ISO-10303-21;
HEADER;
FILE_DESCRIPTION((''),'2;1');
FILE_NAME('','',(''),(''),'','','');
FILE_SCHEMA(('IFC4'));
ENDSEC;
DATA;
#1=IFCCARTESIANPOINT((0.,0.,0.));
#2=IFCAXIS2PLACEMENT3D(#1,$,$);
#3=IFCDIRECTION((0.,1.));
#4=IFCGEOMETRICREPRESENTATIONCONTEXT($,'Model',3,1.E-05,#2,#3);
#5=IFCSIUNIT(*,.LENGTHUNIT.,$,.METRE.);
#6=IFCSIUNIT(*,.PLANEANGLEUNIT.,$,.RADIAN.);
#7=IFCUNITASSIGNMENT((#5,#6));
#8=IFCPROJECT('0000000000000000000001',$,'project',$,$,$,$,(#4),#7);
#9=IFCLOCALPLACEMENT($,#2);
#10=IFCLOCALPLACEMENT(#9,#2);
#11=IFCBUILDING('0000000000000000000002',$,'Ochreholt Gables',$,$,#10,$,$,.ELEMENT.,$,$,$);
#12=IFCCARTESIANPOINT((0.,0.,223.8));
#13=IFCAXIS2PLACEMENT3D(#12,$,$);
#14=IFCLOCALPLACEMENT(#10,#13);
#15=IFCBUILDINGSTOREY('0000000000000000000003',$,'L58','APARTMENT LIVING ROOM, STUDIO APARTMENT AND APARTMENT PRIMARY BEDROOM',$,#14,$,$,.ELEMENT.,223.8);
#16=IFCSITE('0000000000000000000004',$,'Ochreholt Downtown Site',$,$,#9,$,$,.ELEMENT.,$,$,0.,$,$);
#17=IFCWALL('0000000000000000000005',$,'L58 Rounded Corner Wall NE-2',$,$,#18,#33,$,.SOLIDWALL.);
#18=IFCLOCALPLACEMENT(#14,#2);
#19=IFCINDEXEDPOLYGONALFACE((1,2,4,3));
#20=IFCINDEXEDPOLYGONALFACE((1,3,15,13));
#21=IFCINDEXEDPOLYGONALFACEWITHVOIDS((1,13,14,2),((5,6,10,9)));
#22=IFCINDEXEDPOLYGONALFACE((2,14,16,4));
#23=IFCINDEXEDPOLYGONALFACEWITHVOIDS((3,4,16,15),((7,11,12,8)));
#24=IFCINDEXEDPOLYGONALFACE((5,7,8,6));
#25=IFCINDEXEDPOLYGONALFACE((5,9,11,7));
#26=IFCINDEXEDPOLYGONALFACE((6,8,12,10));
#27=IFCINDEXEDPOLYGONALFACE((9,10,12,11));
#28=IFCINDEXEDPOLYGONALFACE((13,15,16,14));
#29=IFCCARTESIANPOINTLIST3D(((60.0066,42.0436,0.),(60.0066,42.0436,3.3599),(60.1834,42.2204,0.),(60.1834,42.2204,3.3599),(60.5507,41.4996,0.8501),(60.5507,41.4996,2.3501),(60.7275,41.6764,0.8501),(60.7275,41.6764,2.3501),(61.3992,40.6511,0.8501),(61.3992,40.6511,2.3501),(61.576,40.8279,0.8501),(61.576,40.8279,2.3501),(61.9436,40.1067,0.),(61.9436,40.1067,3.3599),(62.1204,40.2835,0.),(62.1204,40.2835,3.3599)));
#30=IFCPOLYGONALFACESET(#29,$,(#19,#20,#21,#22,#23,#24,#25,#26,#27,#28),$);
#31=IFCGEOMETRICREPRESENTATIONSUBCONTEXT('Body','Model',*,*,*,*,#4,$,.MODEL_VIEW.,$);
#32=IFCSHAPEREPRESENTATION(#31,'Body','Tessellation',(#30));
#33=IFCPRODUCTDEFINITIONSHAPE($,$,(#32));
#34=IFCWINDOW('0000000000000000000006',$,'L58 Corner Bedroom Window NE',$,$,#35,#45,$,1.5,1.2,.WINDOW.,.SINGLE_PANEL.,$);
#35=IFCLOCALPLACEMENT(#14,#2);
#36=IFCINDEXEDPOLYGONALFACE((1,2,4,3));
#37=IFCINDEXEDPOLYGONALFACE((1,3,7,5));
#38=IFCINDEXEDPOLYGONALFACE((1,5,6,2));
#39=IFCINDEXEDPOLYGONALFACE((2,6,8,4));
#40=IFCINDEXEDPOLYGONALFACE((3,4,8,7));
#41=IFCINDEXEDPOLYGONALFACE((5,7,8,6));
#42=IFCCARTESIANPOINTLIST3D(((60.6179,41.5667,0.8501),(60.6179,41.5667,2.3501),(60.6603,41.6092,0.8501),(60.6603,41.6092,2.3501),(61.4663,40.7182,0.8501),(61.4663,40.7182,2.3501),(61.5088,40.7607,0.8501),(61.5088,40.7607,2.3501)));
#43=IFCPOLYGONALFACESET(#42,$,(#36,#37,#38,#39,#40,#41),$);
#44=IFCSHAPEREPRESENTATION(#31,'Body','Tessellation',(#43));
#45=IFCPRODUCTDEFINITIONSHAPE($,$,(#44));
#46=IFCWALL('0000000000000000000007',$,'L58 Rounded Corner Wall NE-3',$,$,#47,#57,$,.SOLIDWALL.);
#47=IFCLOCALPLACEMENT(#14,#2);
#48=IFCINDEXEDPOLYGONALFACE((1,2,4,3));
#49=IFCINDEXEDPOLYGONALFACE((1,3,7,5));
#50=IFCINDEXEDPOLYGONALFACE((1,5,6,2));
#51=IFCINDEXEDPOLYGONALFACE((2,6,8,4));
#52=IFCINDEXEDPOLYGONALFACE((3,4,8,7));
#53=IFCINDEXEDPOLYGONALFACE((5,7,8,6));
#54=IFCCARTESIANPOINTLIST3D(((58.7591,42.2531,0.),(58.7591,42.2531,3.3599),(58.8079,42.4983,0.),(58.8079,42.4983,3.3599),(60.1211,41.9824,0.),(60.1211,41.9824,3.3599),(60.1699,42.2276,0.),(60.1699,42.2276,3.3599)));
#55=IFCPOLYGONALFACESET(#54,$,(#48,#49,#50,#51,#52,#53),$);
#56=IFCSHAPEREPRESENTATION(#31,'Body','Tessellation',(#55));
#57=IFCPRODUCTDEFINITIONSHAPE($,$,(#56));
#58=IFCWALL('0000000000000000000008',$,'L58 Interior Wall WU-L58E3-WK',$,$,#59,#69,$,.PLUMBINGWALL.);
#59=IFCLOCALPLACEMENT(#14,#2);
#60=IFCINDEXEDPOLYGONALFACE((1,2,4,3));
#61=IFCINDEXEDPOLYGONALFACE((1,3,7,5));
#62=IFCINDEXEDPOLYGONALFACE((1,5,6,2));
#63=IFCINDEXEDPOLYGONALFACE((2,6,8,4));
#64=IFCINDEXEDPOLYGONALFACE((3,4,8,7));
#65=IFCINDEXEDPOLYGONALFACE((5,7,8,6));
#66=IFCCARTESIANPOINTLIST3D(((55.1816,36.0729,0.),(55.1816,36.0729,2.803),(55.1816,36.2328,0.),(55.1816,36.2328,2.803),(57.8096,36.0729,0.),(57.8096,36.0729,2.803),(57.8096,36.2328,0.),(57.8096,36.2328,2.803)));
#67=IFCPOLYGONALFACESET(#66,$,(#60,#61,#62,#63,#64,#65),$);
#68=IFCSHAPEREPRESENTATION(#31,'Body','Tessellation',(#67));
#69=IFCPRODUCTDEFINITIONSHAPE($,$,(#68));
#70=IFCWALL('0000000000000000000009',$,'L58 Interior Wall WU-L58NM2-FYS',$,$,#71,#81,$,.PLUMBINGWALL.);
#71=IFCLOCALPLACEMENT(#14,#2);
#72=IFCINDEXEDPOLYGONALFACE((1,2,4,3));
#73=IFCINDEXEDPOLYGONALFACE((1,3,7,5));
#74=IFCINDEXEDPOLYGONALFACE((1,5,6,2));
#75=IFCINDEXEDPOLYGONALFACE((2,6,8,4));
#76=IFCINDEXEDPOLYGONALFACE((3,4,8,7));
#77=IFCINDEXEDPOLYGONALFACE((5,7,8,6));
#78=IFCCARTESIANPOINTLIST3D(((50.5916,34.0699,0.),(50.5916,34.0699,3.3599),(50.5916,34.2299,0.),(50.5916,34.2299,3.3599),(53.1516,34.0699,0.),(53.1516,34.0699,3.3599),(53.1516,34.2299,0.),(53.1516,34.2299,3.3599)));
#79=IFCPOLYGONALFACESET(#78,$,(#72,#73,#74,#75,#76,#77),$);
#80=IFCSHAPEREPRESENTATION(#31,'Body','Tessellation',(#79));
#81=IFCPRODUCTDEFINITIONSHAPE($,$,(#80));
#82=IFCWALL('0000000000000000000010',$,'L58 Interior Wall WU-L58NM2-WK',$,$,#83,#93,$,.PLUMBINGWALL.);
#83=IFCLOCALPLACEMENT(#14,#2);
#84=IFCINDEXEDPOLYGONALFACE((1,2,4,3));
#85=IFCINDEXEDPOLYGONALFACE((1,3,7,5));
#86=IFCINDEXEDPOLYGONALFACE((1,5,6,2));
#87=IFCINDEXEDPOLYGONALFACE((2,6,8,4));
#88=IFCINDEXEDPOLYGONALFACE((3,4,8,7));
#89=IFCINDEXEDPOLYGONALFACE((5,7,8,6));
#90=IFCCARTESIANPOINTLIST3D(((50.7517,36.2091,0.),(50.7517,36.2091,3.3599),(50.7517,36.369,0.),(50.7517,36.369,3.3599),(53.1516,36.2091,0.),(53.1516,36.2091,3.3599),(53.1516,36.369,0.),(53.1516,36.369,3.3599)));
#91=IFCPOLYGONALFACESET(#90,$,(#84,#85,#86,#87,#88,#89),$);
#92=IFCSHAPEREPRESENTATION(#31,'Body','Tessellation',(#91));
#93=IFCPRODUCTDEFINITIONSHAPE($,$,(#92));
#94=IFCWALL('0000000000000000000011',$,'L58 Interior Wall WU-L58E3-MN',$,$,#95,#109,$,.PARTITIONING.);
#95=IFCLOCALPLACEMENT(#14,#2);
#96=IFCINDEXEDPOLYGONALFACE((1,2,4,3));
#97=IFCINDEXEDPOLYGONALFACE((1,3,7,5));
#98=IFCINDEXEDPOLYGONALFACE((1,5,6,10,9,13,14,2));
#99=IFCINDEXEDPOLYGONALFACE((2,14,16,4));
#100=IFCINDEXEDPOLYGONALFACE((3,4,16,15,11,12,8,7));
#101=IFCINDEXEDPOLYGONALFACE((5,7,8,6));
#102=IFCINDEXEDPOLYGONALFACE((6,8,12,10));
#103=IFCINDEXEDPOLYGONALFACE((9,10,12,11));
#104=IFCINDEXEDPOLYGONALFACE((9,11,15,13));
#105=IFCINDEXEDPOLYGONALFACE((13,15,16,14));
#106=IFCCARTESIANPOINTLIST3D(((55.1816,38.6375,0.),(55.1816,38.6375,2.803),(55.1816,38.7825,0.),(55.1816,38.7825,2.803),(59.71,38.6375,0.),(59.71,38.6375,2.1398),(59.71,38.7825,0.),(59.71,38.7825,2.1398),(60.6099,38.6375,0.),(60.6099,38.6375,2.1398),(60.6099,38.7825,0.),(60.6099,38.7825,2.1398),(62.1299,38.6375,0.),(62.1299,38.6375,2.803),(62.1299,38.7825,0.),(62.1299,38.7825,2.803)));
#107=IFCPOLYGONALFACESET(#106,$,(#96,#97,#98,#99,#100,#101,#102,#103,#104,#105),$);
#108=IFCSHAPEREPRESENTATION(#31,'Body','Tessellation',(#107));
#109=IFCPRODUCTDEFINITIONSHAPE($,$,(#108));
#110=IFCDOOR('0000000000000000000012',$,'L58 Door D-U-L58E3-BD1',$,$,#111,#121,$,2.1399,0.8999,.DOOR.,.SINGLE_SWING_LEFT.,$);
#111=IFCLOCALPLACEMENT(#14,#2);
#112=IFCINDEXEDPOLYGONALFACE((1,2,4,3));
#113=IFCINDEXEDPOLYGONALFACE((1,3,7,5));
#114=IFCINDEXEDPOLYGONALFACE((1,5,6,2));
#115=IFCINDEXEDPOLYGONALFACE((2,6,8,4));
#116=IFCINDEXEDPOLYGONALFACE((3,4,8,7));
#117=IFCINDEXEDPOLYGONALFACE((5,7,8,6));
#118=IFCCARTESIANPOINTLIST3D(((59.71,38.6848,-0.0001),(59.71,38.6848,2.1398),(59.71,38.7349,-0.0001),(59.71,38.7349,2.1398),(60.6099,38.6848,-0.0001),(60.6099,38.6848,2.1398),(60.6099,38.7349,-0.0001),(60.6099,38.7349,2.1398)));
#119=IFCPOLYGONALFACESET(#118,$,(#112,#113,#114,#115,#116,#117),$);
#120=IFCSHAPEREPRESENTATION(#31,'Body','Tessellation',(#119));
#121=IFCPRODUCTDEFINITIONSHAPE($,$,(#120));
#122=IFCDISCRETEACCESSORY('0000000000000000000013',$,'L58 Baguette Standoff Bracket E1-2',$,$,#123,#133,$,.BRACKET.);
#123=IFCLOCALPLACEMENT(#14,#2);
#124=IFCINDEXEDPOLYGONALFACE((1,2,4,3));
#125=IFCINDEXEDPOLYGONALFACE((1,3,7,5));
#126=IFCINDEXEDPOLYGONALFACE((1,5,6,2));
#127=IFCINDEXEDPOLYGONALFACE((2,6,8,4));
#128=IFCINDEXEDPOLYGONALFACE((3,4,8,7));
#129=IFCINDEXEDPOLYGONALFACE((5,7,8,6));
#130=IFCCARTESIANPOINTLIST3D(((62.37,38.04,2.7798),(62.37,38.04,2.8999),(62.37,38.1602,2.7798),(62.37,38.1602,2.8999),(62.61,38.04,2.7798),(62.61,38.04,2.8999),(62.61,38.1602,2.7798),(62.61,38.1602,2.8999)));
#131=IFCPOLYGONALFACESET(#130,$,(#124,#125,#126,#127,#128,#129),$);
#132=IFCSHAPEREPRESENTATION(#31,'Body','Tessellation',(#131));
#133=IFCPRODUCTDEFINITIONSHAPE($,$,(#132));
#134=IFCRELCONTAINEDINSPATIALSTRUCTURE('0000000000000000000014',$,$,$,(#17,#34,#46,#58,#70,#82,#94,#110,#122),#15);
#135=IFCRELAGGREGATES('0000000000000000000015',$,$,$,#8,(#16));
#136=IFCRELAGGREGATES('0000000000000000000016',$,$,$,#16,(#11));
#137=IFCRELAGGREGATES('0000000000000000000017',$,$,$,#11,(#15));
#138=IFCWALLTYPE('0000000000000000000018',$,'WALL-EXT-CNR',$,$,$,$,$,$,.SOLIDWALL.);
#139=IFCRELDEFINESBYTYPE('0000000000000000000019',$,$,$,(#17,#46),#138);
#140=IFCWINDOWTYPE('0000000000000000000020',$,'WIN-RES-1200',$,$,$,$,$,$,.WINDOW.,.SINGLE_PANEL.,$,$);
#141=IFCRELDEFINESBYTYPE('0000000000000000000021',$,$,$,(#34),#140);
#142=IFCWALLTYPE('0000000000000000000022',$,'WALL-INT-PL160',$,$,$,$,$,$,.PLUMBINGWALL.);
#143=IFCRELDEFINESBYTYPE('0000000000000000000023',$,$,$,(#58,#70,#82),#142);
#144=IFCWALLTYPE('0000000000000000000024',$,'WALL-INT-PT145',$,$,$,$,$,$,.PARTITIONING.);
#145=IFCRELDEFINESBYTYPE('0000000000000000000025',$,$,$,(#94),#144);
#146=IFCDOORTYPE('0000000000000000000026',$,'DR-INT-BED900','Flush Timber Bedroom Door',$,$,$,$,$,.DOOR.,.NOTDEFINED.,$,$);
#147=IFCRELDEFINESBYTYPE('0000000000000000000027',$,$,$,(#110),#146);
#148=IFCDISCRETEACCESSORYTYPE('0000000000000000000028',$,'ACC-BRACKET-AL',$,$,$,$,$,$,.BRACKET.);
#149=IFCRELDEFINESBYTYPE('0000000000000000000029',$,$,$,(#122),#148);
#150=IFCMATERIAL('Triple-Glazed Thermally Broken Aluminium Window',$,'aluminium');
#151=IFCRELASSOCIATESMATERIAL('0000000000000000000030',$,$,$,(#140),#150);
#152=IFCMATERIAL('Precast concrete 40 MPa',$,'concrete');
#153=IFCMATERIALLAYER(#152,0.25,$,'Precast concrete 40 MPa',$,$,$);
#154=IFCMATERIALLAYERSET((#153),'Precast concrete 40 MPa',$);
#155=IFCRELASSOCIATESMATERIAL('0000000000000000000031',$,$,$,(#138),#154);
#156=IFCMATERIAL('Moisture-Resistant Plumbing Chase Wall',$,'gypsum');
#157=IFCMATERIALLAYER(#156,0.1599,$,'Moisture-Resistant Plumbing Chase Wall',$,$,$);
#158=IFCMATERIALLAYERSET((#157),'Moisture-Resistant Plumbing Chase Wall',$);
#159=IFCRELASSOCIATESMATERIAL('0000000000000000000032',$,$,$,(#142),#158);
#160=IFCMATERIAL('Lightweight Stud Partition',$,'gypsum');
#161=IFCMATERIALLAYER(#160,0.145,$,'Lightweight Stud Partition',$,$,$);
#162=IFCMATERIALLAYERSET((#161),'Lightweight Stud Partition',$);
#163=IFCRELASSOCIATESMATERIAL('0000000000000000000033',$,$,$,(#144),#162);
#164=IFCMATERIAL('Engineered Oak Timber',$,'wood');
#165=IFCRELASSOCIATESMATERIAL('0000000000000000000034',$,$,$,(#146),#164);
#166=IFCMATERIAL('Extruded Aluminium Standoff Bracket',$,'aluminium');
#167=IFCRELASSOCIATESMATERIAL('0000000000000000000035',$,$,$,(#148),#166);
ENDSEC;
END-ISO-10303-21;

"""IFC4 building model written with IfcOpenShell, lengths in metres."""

from ifc_helpers import new_model, si_unit, direction, frame, frame_2d, origin, origin_2d, place, context, subcontext, project, spatial, rectangle, extrude, material, layer, layer_set, type_object, element, fill, save


model = new_model("IFC4")

# Units and contexts
model_context = context("Model", 3, precision=1e-05, world=origin(), true_north=direction((0.0, 1.0)))
body_context = subcontext(model_context, "Body", "Model", "MODEL_VIEW")
ifc_project = project(units=[si_unit("LENGTHUNIT", "METRE"), si_unit("PLANEANGLEUNIT", "RADIAN")], contexts=[model_context])

# Site, building, storey
site_placement = place(None, origin())
site = spatial("IfcSite", under=ifc_project, at=site_placement, Name="Ochreholt Downtown Site", CompositionType="ELEMENT", RefElevation=0.0)
building_placement = place(site_placement, origin())
building = spatial("IfcBuilding", under=site, at=building_placement, Name="Ochreholt Gables", CompositionType="ELEMENT")
storey_placement = place(building_placement, frame((0.0, 0.0, 223.8)))
storey = spatial("IfcBuildingStorey", under=building, at=storey_placement, Name="L58", Description="APARTMENT LIVING ROOM, STUDIO APARTMENT AND APARTMENT PRIMARY BEDROOM", CompositionType="ELEMENT", Elevation=223.8)

# Shared definitions
ifc_material_1 = material(Name="Precast concrete 40 MPa", Category="concrete")
ifc_material_2 = material(Name="Triple-Glazed Thermally Broken Aluminium Window", Category="aluminium")
window_type = type_object("IfcWindowType", Name="WIN-RES-1200", PartitioningType="SINGLE_PANEL", PredefinedType="WINDOW", material=ifc_material_2)

# Shared definitions
ifc_layer_1 = layer(ifc_material_1, 0.25, Name="Precast concrete 40 MPa")
ifc_layer_set_1 = layer_set([ifc_layer_1], Name="Precast concrete 40 MPa")
wall_type_1 = type_object("IfcWallType", Name="WALL-EXT-CNR", PredefinedType="SOLIDWALL", material=ifc_layer_set_1)

# Wall, opening, window
wall_1_placement = place(storey_placement, frame((62.032, 40.1951, 0.0), z_axis=(0.0, 0.0, 1.0), x_axis=(-0.707107, 0.707107, 0.0)))
wall_1 = element("IfcWall", 1, at=wall_1_placement, inside=storey, type_object=wall_type_1, Name="L58 Rounded Corner Wall NE-2", PredefinedType="SOLIDWALL", context=body_context, shape_type="SweptSolid", body=[
    extrude(rectangle(XDim=2.7393, YDim=0.25, at=frame_2d((1.3696, 0.0))), origin(), (0.0, 0.0, 1.0), 3.3599),
])
opening_1_placement = place(wall_1_placement, frame((0.7698, 0.0, 0.8501)))
opening_1 = element("IfcOpeningElement", 2, at=opening_1_placement, cuts=wall_1, PredefinedType="OPENING", context=body_context, shape_type="SweptSolid", body=[
    extrude(rectangle(XDim=1.2, YDim=1.5, at=frame_2d((0.6001, 0.75))), frame((0.0, 0.135, 0.0), z_axis=(0.0, -1.0, 0.0), x_axis=(1.0, 0.0, 0.0)), (0.0, 0.0, 1.0), 0.27),
])
window_1_placement = place(opening_1_placement, origin())
window_1 = element("IfcWindow", 3, at=window_1_placement, inside=storey, type_object=window_type, Name="L58 Corner Bedroom Window NE", OverallHeight=1.5, OverallWidth=1.2, PartitioningType="SINGLE_PANEL", PredefinedType="WINDOW", context=body_context, shape_type="SweptSolid", body=[
    extrude(rectangle(XDim=1.2, YDim=1.5, at=frame_2d((0.6001, 0.75))), frame((0.0, 0.03, 0.0), z_axis=(0.0, -1.0, 0.0), x_axis=(1.0, 0.0, 0.0)), (0.0, 0.0, 1.0), 0.0601),
])
fill(opening_1, window_1)

# Walls
wall_2_placement = place(storey_placement, frame((60.1455, 42.105, 0.0), z_axis=(0.0, 0.0, 1.0), x_axis=(-0.98081, 0.194967, 0.0)))
element("IfcWall", 4, at=wall_2_placement, inside=storey, type_object=wall_type_1, Name="L58 Rounded Corner Wall NE-3", PredefinedType="SOLIDWALL", context=body_context, shape_type="SweptSolid", body=[
    extrude(rectangle(XDim=1.3887, YDim=0.25, at=frame_2d((0.6943, 0.0))), origin(), (0.0, 0.0, 1.0), 3.3599),
])
ifc_material_3 = material(Name="Moisture-Resistant Plumbing Chase Wall", Category="gypsum")
ifc_layer_2 = layer(ifc_material_3, 0.1599, Name="Moisture-Resistant Plumbing Chase Wall")
ifc_layer_set_2 = layer_set([ifc_layer_2], Name="Moisture-Resistant Plumbing Chase Wall")
wall_type_2 = type_object("IfcWallType", Name="WALL-INT-PL160", PredefinedType="PLUMBINGWALL", material=ifc_layer_set_2)
wall_3_placement = place(storey_placement, frame((55.1816, 36.1528, 0.0), z_axis=(0.0, 0.0, 1.0), x_axis=(1.0, 0.0, 0.0)))
element("IfcWall", 5, at=wall_3_placement, inside=storey, type_object=wall_type_2, Name="L58 Interior Wall WU-L58E3-WK", PredefinedType="PLUMBINGWALL", context=body_context, shape_type="SweptSolid", body=[
    extrude(rectangle(XDim=2.6279, YDim=0.1599, at=frame_2d((1.314, 0.0))), origin(), (0.0, 0.0, 1.0), 2.803),
])
wall_4_placement = place(storey_placement, frame((50.5916, 34.1499, 0.0), z_axis=(0.0, 0.0, 1.0), x_axis=(1.0, 0.0, 0.0)))
element("IfcWall", 6, at=wall_4_placement, inside=storey, type_object=wall_type_2, Name="L58 Interior Wall WU-L58NM2-FYS", PredefinedType="PLUMBINGWALL", context=body_context, shape_type="SweptSolid", body=[
    extrude(rectangle(XDim=2.5601, YDim=0.1599, at=frame_2d((1.28, 0.0))), origin(), (0.0, 0.0, 1.0), 3.3599),
])

# Shared definitions
ifc_material_4 = material(Name="Engineered Oak Timber", Category="wood")

# Wall
wall_5_placement = place(storey_placement, frame((50.7517, 36.2891, 0.0), z_axis=(0.0, 0.0, 1.0), x_axis=(1.0, 0.0, 0.0)))
element("IfcWall", 7, at=wall_5_placement, inside=storey, type_object=wall_type_2, Name="L58 Interior Wall WU-L58NM2-WK", PredefinedType="PLUMBINGWALL", context=body_context, shape_type="SweptSolid", body=[
    extrude(rectangle(XDim=2.3999, YDim=0.1599, at=frame_2d((1.2, 0.0))), origin(), (0.0, 0.0, 1.0), 3.3599),
])

# Wall, opening, door
ifc_material_5 = material(Name="Lightweight Stud Partition", Category="gypsum")
ifc_layer_3 = layer(ifc_material_5, 0.145, Name="Lightweight Stud Partition")
ifc_layer_set_3 = layer_set([ifc_layer_3], Name="Lightweight Stud Partition")
wall_type_3 = type_object("IfcWallType", Name="WALL-INT-PT145", PredefinedType="PARTITIONING", material=ifc_layer_set_3)
wall_6_placement = place(storey_placement, frame((55.1816, 38.71, 0.0), z_axis=(0.0, 0.0, 1.0), x_axis=(1.0, 0.0, 0.0)))
wall_6 = element("IfcWall", 8, at=wall_6_placement, inside=storey, type_object=wall_type_3, Name="L58 Interior Wall WU-L58E3-MN", PredefinedType="PARTITIONING", context=body_context, shape_type="SweptSolid", body=[
    extrude(rectangle(XDim=6.9482, YDim=0.145, at=frame_2d((3.4741, 0.0))), origin(), (0.0, 0.0, 1.0), 2.803),
])
opening_2_placement = place(wall_6_placement, frame((4.5283, 0.0, 0.0)))
opening_2 = element("IfcOpeningElement", 9, at=opening_2_placement, cuts=wall_6, PredefinedType="OPENING", context=body_context, shape_type="SweptSolid", body=[
    extrude(rectangle(XDim=0.8999, YDim=2.1399, at=frame_2d((0.45, 1.0698))), frame((0.0, 0.0825, 0.0), z_axis=(0.0, -1.0, 0.0), x_axis=(1.0, 0.0, 0.0)), (0.0, 0.0, 1.0), 0.165),
])
door_type_1 = type_object("IfcDoorType", Name="DR-INT-BED900", Description="Flush Timber Bedroom Door", OperationType="NOTDEFINED", PredefinedType="DOOR", material=ifc_material_4)
door_1_placement = place(opening_2_placement, origin())
door_1 = element("IfcDoor", 10, at=door_1_placement, inside=storey, type_object=door_type_1, Name="L58 Door D-U-L58E3-BD1", OperationType="SINGLE_SWING_LEFT", OverallHeight=2.1399, OverallWidth=0.8999, PredefinedType="DOOR", context=body_context, shape_type="SweptSolid", body=[
    extrude(rectangle(XDim=0.8999, YDim=2.1399, at=frame_2d((0.45, 1.0698))), frame((0.0, 0.0249, 0.0), z_axis=(0.0, -1.0, 0.0), x_axis=(1.0, 0.0, 0.0)), (0.0, 0.0, 1.0), 0.05),
])
fill(opening_2, door_1)

# Discrete accessory
ifc_material_6 = material(Name="Extruded Aluminium Standoff Bracket", Category="aluminium")
discrete_accessory_type = type_object("IfcDiscreteAccessoryType", Name="ACC-BRACKET-AL", PredefinedType="BRACKET", material=ifc_material_6)
discrete_accessory_placement = place(storey_placement, frame((62.49, 38.1001, 2.7798), z_axis=(0.0, 0.0, 1.0), x_axis=(0.0, 1.0, 0.0)))
element("IfcDiscreteAccessory", 11, at=discrete_accessory_placement, inside=storey, type_object=discrete_accessory_type, Name="L58 Baguette Standoff Bracket E1-2", PredefinedType="BRACKET", context=body_context, shape_type="SweptSolid", body=[
    extrude(rectangle(XDim=0.1201, YDim=0.24, at=origin_2d()), origin(), (0.0, 0.0, 1.0), 0.1201),
])

save(model, "model.ifc")
